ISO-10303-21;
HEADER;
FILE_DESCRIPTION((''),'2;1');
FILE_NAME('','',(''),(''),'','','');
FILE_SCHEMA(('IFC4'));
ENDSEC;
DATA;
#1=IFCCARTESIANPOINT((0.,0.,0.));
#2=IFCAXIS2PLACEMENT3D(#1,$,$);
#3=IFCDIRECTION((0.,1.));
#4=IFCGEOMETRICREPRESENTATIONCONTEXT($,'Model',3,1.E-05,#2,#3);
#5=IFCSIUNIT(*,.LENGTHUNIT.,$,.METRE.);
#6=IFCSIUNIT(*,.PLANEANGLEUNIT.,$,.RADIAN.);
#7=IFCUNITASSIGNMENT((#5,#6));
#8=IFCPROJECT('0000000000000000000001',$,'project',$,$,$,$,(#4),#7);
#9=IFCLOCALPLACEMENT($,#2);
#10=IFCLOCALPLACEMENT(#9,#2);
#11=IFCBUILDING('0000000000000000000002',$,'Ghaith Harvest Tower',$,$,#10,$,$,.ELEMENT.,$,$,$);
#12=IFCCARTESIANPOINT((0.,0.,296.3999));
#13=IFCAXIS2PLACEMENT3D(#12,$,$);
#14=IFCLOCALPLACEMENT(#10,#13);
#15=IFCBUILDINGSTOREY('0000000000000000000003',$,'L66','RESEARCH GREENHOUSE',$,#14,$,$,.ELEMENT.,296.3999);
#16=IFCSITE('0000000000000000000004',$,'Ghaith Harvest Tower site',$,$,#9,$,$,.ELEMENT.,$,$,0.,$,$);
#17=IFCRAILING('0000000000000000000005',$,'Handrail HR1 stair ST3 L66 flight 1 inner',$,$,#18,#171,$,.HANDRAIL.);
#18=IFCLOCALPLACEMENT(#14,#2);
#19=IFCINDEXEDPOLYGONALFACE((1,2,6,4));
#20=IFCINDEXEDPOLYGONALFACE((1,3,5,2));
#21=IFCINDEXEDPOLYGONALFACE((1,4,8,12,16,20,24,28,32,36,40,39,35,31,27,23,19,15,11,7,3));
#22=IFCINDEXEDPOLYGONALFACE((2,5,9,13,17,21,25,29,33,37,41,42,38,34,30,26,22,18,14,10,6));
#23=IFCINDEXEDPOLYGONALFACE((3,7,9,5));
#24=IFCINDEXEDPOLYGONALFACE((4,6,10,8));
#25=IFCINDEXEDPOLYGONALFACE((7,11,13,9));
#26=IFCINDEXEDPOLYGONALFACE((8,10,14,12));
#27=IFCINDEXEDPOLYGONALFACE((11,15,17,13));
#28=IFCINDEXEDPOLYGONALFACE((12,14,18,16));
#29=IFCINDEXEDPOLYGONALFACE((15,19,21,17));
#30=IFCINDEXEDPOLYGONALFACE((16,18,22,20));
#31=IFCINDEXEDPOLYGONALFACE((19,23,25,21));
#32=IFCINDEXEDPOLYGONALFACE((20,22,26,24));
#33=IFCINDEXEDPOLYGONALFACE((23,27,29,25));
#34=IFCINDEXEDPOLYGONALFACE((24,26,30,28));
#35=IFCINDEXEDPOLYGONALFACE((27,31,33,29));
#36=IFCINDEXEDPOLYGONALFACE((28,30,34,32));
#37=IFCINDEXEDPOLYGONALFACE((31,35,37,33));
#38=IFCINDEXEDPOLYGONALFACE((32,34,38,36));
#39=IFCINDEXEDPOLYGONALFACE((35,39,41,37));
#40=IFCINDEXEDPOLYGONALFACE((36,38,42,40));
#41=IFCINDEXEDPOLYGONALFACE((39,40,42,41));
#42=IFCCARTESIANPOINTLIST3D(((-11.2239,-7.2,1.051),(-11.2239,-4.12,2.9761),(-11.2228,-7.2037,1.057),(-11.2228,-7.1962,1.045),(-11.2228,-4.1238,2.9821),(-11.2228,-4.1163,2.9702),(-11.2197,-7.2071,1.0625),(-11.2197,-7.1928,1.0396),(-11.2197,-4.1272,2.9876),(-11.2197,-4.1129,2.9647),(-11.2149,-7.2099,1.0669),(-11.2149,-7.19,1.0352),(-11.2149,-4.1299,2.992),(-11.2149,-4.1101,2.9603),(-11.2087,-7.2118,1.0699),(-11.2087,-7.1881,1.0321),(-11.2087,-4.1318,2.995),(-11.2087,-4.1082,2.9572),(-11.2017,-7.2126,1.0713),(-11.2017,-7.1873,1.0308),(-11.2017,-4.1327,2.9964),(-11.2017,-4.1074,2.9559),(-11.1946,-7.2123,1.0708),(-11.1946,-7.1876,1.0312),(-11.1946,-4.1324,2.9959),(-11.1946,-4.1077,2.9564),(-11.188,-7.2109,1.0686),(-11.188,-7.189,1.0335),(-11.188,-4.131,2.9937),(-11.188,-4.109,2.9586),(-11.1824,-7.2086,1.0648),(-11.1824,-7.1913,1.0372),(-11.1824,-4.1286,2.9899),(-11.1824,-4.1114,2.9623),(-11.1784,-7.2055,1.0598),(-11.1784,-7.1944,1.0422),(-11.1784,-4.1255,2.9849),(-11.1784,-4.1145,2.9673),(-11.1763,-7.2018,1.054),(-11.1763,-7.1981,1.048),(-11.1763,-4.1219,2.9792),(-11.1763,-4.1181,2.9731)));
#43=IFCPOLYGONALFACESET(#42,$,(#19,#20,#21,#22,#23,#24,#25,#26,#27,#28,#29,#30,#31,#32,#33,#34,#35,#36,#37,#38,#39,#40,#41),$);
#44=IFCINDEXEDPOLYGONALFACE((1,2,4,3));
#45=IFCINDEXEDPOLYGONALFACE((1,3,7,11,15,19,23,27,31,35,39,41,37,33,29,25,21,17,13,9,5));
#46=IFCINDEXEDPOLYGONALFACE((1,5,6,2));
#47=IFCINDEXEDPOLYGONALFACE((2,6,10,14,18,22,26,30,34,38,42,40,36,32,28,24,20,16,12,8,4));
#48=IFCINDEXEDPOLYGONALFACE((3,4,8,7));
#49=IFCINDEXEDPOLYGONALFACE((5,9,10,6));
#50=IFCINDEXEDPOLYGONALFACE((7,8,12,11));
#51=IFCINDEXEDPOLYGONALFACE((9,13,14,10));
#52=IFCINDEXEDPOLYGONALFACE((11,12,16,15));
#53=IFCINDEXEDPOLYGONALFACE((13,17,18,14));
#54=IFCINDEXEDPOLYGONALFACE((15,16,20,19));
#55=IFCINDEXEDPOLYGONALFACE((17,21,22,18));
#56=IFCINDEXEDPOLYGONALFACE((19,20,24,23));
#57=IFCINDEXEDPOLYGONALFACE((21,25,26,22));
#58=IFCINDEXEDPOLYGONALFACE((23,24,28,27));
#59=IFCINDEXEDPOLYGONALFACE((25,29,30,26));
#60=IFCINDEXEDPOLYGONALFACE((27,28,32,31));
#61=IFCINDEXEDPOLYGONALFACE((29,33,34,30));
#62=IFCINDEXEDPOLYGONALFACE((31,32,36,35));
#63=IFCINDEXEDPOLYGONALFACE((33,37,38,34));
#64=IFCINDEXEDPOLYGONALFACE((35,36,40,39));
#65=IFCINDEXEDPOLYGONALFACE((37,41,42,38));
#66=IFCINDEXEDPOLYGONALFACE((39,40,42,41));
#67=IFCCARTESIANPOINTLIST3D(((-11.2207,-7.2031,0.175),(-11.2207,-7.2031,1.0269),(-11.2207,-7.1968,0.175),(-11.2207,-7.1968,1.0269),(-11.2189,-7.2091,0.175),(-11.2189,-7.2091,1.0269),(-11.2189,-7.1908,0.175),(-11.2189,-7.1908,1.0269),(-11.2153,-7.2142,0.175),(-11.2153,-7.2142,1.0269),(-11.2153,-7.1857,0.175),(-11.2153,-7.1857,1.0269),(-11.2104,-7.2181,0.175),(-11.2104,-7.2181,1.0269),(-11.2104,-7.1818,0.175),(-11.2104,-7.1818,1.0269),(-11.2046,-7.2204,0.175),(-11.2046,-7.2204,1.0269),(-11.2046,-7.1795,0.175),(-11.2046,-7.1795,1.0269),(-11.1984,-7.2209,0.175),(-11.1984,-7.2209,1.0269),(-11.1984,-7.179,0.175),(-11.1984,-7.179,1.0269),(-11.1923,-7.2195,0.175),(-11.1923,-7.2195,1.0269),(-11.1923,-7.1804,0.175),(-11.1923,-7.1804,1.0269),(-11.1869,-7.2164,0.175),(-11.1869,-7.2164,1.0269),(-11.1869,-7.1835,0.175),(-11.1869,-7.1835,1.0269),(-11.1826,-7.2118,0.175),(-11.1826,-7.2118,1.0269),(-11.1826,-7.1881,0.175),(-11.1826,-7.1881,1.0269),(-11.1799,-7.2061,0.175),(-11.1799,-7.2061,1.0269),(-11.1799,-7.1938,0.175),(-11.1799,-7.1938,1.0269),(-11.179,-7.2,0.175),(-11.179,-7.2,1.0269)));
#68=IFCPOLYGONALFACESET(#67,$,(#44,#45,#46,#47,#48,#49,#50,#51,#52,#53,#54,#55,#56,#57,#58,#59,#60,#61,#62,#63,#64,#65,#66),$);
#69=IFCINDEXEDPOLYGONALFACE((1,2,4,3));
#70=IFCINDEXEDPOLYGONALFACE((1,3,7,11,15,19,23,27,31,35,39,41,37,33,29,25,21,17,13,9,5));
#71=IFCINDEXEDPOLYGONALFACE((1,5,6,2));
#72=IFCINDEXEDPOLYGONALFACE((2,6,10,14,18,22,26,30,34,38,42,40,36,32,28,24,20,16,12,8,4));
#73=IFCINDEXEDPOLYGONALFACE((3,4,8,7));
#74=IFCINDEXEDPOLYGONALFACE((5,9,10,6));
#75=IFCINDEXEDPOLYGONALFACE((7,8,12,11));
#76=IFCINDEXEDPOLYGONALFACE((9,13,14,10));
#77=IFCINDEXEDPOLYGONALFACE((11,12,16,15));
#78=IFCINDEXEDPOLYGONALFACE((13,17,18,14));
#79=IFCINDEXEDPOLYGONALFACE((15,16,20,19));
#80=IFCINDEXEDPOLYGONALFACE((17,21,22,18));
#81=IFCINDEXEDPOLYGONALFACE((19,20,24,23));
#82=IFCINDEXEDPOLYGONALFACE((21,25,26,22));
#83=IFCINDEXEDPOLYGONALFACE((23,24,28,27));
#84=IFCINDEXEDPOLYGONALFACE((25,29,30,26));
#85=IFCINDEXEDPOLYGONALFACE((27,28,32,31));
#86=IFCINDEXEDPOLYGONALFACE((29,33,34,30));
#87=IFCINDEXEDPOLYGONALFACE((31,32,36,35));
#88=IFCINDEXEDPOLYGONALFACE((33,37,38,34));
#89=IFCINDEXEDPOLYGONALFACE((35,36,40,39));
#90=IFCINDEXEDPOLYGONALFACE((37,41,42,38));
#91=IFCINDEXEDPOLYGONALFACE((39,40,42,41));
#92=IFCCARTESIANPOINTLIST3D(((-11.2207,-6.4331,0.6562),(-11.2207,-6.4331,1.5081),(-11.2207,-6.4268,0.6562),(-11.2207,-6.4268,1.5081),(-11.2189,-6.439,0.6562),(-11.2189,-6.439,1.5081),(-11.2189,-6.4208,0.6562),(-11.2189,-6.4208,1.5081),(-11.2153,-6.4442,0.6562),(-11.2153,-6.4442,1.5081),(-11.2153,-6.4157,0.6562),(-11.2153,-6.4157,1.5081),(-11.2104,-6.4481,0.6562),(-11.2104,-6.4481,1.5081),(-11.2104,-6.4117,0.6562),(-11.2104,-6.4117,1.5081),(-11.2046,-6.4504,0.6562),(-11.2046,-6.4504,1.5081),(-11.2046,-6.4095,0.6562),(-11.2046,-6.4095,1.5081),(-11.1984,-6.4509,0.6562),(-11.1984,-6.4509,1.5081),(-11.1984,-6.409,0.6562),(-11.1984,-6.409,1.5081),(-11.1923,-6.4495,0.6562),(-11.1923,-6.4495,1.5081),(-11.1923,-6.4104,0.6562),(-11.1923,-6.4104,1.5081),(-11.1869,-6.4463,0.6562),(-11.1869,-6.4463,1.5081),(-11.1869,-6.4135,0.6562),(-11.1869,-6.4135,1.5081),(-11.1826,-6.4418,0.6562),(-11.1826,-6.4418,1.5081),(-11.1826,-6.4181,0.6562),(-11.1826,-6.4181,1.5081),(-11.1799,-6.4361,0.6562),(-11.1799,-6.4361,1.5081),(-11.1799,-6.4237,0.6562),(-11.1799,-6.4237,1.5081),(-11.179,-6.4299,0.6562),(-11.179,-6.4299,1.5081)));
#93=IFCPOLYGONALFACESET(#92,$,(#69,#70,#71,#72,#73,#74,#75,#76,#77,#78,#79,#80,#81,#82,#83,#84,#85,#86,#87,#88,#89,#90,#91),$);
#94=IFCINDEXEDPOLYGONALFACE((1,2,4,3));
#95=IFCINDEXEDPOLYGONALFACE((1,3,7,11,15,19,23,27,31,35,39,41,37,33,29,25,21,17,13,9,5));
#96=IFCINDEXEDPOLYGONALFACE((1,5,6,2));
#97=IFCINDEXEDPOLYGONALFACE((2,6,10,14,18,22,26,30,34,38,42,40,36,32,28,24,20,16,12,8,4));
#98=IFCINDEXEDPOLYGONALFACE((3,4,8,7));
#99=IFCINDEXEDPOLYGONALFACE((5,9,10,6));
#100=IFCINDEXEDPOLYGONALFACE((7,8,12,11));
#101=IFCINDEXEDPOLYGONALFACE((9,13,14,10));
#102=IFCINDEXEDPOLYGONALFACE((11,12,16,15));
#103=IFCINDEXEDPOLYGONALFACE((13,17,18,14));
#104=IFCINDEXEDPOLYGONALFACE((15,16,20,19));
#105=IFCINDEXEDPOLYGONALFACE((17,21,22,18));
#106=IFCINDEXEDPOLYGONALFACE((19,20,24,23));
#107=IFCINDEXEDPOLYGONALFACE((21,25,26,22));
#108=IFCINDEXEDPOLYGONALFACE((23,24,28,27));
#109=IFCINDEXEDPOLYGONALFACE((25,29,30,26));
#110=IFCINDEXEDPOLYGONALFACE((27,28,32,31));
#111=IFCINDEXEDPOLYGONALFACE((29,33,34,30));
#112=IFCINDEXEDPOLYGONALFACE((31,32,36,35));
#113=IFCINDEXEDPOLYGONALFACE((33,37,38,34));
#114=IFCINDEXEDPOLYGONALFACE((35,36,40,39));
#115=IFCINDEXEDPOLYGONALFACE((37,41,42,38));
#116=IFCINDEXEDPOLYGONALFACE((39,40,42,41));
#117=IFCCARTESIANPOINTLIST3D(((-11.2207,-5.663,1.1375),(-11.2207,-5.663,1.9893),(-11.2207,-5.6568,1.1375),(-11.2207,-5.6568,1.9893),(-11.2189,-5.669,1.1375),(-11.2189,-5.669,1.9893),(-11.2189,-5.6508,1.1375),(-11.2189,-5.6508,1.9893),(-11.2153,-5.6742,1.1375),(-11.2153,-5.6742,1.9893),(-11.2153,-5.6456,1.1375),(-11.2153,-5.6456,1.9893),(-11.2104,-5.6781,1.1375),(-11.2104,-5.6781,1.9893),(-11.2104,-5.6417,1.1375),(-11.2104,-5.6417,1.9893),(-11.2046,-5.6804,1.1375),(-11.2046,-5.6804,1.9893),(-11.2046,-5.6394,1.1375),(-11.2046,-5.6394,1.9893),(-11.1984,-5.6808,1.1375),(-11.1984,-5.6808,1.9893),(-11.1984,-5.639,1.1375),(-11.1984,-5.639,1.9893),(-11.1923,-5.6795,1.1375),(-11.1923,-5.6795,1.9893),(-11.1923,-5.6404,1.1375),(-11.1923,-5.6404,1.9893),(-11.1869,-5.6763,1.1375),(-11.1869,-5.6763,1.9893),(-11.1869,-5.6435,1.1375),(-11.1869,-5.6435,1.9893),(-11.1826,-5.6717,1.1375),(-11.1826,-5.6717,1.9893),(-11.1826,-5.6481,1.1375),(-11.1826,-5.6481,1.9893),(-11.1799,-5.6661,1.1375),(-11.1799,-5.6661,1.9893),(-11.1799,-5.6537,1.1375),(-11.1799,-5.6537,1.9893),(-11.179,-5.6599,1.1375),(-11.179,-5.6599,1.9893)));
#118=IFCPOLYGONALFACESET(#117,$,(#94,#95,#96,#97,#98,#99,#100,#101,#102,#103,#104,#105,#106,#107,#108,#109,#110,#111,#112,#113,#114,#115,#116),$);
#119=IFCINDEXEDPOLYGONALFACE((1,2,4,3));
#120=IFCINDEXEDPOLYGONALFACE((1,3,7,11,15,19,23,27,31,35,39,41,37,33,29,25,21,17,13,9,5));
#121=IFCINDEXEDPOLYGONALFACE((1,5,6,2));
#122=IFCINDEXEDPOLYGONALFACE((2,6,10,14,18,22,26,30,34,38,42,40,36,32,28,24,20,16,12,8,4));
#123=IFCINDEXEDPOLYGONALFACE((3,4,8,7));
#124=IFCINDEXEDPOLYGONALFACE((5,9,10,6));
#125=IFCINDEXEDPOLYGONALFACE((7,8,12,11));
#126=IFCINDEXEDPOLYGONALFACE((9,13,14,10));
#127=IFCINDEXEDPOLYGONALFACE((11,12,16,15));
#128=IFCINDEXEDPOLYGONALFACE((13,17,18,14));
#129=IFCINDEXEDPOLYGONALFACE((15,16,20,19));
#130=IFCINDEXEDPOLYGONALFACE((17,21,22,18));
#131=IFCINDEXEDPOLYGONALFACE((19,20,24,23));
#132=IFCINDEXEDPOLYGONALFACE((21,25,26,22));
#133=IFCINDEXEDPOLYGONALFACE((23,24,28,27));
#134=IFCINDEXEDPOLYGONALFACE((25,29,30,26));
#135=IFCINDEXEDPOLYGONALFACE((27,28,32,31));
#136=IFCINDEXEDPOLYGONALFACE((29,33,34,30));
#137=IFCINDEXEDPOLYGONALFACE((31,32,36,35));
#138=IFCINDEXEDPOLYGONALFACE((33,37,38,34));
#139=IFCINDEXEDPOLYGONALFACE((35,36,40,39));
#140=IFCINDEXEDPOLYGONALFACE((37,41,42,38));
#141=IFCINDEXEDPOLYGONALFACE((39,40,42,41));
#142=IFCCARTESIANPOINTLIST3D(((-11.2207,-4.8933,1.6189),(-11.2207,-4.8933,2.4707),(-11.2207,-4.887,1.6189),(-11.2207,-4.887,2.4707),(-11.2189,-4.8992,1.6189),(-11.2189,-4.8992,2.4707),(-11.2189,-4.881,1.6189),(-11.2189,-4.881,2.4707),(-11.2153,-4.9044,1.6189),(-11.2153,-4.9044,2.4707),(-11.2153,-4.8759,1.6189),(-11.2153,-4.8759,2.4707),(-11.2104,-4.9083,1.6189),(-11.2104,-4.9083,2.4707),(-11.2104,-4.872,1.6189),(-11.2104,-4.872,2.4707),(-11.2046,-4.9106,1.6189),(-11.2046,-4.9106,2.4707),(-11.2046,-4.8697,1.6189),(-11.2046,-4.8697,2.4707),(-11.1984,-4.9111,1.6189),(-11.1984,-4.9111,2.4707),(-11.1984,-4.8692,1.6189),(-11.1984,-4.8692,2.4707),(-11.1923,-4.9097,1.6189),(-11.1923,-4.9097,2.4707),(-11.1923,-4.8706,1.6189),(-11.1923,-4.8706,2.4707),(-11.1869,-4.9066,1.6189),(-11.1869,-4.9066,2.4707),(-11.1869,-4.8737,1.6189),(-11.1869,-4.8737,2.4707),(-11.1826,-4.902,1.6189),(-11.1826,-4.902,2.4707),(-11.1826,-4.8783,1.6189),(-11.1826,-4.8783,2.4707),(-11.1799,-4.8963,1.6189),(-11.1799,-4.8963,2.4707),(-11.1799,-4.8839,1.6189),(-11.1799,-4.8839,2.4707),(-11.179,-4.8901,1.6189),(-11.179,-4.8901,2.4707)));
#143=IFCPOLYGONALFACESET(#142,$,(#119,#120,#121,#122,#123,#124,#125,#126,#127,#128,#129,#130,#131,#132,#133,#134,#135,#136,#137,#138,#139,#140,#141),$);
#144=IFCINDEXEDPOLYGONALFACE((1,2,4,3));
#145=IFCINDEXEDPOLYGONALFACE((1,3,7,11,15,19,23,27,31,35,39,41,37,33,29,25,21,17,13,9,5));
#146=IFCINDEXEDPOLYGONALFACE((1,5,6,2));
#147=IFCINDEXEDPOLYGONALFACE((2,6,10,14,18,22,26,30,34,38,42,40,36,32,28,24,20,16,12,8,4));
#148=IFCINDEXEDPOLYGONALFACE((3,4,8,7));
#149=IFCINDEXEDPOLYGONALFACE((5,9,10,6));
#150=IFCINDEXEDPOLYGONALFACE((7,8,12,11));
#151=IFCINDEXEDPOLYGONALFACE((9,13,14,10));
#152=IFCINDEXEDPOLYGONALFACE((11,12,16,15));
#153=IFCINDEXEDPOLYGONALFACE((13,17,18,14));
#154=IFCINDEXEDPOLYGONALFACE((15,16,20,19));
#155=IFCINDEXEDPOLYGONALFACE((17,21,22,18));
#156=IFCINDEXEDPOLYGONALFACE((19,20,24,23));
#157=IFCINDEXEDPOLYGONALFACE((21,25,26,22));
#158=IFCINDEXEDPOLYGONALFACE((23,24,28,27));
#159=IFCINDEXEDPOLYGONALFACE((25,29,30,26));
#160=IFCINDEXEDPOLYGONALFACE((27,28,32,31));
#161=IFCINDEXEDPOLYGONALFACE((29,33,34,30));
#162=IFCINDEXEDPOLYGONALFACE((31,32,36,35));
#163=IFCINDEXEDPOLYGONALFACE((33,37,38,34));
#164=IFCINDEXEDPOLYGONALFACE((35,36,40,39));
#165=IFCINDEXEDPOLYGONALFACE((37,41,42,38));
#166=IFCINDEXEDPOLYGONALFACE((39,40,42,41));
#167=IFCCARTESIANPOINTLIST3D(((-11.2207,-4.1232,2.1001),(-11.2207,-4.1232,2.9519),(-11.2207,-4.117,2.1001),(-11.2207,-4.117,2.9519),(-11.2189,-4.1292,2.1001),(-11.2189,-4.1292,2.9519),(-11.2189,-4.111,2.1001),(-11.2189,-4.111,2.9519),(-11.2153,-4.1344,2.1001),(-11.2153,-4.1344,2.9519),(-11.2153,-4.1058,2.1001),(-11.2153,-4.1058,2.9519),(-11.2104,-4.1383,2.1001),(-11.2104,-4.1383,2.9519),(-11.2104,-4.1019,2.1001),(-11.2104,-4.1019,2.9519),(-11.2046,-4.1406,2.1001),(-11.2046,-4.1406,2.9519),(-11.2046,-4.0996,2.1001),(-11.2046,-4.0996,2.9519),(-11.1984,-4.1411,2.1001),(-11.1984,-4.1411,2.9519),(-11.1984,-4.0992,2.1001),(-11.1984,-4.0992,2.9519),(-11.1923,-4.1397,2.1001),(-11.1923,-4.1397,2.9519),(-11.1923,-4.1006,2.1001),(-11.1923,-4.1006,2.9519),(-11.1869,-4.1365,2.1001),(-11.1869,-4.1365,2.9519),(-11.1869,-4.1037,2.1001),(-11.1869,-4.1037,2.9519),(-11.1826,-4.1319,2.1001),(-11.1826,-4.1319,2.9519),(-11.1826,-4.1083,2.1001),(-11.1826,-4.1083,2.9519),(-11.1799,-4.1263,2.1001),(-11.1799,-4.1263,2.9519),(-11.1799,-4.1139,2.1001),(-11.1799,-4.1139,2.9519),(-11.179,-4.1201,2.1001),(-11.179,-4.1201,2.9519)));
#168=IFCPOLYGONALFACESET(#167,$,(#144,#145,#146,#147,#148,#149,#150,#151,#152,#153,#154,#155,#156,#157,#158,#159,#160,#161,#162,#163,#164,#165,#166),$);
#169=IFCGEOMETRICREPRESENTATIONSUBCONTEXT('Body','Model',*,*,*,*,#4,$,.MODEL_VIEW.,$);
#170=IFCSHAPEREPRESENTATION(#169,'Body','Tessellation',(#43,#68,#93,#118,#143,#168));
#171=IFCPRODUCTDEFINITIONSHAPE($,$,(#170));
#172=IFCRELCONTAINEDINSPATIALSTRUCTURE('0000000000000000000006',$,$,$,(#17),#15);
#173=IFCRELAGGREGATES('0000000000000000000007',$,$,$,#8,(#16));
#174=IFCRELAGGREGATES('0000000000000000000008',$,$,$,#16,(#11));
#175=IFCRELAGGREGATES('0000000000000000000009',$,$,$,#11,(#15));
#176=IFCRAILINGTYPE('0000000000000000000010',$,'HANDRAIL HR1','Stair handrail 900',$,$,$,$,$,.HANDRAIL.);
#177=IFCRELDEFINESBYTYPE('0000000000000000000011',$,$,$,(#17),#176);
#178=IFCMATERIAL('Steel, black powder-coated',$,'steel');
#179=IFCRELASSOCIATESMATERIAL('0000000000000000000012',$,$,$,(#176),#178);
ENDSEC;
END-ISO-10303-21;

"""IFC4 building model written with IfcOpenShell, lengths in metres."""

from ifc_helpers import new_model, si_unit, direction, frame, origin, origin_2d, place, context, subcontext, project, spatial, circle, extrude, material, type_object, element, save


model = new_model("IFC4")

# Units and contexts
model_context = context("Model", 3, precision=1e-05, world=origin(), true_north=direction((0.0, 1.0)))
body_context = subcontext(model_context, "Body", "Model", "MODEL_VIEW")
ifc_project = project(units=[si_unit("LENGTHUNIT", "METRE"), si_unit("PLANEANGLEUNIT", "RADIAN")], contexts=[model_context])

# Site, building, storey
site_placement = place(None, origin())
site = spatial("IfcSite", under=ifc_project, at=site_placement, Name="Ghaith Harvest Tower site", CompositionType="ELEMENT", RefElevation=0.0)
building_placement = place(site_placement, origin())
building = spatial("IfcBuilding", under=site, at=building_placement, Name="Ghaith Harvest Tower", CompositionType="ELEMENT")
storey_placement = place(building_placement, frame((0.0, 0.0, 296.3999)))
storey = spatial("IfcBuildingStorey", under=building, at=storey_placement, Name="L66", Description="RESEARCH GREENHOUSE", CompositionType="ELEMENT", Elevation=296.3999)

# Railing
ifc_material_1 = material(Name="Steel, black powder-coated", Category="steel")
railing_type = type_object("IfcRailingType", Name="HANDRAIL HR1", Description="Stair handrail 900", PredefinedType="HANDRAIL", material=ifc_material_1)
railing_1_placement = place(storey_placement, frame((-11.2, -7.2, 0.175)))
element("IfcRailing", 1, at=railing_1_placement, inside=storey, type_object=railing_type, Name="Handrail HR1 stair ST3 L66 flight 1 inner", PredefinedType="HANDRAIL", context=body_context, shape_type="SweptSolid", body=[
    extrude(circle(Radius=0.0239, at=origin_2d()), frame((0.0, 0.0, 0.876), z_axis=(0.0, 0.847979, 0.530029), x_axis=(-1.0, 0.0, 0.0)), (0.0, 0.0, 1.0), 3.6321),
    extrude(circle(Radius=0.021, at=origin_2d()), origin(), (0.0, 0.0, 1.0), 0.8518),
    extrude(circle(Radius=0.021, at=origin_2d()), frame((0.0, 0.77, 0.4812)), (0.0, 0.0, 1.0), 0.8518),
    extrude(circle(Radius=0.021, at=origin_2d()), frame((0.0, 1.54, 0.9624)), (0.0, 0.0, 1.0), 0.8518),
    extrude(circle(Radius=0.021, at=origin_2d()), frame((0.0, 2.3098, 1.4438)), (0.0, 0.0, 1.0), 0.8518),
    extrude(circle(Radius=0.021, at=origin_2d()), frame((0.0, 3.0798, 1.925)), (0.0, 0.0, 1.0), 0.8518),
])

save(model, "model.ifc")
